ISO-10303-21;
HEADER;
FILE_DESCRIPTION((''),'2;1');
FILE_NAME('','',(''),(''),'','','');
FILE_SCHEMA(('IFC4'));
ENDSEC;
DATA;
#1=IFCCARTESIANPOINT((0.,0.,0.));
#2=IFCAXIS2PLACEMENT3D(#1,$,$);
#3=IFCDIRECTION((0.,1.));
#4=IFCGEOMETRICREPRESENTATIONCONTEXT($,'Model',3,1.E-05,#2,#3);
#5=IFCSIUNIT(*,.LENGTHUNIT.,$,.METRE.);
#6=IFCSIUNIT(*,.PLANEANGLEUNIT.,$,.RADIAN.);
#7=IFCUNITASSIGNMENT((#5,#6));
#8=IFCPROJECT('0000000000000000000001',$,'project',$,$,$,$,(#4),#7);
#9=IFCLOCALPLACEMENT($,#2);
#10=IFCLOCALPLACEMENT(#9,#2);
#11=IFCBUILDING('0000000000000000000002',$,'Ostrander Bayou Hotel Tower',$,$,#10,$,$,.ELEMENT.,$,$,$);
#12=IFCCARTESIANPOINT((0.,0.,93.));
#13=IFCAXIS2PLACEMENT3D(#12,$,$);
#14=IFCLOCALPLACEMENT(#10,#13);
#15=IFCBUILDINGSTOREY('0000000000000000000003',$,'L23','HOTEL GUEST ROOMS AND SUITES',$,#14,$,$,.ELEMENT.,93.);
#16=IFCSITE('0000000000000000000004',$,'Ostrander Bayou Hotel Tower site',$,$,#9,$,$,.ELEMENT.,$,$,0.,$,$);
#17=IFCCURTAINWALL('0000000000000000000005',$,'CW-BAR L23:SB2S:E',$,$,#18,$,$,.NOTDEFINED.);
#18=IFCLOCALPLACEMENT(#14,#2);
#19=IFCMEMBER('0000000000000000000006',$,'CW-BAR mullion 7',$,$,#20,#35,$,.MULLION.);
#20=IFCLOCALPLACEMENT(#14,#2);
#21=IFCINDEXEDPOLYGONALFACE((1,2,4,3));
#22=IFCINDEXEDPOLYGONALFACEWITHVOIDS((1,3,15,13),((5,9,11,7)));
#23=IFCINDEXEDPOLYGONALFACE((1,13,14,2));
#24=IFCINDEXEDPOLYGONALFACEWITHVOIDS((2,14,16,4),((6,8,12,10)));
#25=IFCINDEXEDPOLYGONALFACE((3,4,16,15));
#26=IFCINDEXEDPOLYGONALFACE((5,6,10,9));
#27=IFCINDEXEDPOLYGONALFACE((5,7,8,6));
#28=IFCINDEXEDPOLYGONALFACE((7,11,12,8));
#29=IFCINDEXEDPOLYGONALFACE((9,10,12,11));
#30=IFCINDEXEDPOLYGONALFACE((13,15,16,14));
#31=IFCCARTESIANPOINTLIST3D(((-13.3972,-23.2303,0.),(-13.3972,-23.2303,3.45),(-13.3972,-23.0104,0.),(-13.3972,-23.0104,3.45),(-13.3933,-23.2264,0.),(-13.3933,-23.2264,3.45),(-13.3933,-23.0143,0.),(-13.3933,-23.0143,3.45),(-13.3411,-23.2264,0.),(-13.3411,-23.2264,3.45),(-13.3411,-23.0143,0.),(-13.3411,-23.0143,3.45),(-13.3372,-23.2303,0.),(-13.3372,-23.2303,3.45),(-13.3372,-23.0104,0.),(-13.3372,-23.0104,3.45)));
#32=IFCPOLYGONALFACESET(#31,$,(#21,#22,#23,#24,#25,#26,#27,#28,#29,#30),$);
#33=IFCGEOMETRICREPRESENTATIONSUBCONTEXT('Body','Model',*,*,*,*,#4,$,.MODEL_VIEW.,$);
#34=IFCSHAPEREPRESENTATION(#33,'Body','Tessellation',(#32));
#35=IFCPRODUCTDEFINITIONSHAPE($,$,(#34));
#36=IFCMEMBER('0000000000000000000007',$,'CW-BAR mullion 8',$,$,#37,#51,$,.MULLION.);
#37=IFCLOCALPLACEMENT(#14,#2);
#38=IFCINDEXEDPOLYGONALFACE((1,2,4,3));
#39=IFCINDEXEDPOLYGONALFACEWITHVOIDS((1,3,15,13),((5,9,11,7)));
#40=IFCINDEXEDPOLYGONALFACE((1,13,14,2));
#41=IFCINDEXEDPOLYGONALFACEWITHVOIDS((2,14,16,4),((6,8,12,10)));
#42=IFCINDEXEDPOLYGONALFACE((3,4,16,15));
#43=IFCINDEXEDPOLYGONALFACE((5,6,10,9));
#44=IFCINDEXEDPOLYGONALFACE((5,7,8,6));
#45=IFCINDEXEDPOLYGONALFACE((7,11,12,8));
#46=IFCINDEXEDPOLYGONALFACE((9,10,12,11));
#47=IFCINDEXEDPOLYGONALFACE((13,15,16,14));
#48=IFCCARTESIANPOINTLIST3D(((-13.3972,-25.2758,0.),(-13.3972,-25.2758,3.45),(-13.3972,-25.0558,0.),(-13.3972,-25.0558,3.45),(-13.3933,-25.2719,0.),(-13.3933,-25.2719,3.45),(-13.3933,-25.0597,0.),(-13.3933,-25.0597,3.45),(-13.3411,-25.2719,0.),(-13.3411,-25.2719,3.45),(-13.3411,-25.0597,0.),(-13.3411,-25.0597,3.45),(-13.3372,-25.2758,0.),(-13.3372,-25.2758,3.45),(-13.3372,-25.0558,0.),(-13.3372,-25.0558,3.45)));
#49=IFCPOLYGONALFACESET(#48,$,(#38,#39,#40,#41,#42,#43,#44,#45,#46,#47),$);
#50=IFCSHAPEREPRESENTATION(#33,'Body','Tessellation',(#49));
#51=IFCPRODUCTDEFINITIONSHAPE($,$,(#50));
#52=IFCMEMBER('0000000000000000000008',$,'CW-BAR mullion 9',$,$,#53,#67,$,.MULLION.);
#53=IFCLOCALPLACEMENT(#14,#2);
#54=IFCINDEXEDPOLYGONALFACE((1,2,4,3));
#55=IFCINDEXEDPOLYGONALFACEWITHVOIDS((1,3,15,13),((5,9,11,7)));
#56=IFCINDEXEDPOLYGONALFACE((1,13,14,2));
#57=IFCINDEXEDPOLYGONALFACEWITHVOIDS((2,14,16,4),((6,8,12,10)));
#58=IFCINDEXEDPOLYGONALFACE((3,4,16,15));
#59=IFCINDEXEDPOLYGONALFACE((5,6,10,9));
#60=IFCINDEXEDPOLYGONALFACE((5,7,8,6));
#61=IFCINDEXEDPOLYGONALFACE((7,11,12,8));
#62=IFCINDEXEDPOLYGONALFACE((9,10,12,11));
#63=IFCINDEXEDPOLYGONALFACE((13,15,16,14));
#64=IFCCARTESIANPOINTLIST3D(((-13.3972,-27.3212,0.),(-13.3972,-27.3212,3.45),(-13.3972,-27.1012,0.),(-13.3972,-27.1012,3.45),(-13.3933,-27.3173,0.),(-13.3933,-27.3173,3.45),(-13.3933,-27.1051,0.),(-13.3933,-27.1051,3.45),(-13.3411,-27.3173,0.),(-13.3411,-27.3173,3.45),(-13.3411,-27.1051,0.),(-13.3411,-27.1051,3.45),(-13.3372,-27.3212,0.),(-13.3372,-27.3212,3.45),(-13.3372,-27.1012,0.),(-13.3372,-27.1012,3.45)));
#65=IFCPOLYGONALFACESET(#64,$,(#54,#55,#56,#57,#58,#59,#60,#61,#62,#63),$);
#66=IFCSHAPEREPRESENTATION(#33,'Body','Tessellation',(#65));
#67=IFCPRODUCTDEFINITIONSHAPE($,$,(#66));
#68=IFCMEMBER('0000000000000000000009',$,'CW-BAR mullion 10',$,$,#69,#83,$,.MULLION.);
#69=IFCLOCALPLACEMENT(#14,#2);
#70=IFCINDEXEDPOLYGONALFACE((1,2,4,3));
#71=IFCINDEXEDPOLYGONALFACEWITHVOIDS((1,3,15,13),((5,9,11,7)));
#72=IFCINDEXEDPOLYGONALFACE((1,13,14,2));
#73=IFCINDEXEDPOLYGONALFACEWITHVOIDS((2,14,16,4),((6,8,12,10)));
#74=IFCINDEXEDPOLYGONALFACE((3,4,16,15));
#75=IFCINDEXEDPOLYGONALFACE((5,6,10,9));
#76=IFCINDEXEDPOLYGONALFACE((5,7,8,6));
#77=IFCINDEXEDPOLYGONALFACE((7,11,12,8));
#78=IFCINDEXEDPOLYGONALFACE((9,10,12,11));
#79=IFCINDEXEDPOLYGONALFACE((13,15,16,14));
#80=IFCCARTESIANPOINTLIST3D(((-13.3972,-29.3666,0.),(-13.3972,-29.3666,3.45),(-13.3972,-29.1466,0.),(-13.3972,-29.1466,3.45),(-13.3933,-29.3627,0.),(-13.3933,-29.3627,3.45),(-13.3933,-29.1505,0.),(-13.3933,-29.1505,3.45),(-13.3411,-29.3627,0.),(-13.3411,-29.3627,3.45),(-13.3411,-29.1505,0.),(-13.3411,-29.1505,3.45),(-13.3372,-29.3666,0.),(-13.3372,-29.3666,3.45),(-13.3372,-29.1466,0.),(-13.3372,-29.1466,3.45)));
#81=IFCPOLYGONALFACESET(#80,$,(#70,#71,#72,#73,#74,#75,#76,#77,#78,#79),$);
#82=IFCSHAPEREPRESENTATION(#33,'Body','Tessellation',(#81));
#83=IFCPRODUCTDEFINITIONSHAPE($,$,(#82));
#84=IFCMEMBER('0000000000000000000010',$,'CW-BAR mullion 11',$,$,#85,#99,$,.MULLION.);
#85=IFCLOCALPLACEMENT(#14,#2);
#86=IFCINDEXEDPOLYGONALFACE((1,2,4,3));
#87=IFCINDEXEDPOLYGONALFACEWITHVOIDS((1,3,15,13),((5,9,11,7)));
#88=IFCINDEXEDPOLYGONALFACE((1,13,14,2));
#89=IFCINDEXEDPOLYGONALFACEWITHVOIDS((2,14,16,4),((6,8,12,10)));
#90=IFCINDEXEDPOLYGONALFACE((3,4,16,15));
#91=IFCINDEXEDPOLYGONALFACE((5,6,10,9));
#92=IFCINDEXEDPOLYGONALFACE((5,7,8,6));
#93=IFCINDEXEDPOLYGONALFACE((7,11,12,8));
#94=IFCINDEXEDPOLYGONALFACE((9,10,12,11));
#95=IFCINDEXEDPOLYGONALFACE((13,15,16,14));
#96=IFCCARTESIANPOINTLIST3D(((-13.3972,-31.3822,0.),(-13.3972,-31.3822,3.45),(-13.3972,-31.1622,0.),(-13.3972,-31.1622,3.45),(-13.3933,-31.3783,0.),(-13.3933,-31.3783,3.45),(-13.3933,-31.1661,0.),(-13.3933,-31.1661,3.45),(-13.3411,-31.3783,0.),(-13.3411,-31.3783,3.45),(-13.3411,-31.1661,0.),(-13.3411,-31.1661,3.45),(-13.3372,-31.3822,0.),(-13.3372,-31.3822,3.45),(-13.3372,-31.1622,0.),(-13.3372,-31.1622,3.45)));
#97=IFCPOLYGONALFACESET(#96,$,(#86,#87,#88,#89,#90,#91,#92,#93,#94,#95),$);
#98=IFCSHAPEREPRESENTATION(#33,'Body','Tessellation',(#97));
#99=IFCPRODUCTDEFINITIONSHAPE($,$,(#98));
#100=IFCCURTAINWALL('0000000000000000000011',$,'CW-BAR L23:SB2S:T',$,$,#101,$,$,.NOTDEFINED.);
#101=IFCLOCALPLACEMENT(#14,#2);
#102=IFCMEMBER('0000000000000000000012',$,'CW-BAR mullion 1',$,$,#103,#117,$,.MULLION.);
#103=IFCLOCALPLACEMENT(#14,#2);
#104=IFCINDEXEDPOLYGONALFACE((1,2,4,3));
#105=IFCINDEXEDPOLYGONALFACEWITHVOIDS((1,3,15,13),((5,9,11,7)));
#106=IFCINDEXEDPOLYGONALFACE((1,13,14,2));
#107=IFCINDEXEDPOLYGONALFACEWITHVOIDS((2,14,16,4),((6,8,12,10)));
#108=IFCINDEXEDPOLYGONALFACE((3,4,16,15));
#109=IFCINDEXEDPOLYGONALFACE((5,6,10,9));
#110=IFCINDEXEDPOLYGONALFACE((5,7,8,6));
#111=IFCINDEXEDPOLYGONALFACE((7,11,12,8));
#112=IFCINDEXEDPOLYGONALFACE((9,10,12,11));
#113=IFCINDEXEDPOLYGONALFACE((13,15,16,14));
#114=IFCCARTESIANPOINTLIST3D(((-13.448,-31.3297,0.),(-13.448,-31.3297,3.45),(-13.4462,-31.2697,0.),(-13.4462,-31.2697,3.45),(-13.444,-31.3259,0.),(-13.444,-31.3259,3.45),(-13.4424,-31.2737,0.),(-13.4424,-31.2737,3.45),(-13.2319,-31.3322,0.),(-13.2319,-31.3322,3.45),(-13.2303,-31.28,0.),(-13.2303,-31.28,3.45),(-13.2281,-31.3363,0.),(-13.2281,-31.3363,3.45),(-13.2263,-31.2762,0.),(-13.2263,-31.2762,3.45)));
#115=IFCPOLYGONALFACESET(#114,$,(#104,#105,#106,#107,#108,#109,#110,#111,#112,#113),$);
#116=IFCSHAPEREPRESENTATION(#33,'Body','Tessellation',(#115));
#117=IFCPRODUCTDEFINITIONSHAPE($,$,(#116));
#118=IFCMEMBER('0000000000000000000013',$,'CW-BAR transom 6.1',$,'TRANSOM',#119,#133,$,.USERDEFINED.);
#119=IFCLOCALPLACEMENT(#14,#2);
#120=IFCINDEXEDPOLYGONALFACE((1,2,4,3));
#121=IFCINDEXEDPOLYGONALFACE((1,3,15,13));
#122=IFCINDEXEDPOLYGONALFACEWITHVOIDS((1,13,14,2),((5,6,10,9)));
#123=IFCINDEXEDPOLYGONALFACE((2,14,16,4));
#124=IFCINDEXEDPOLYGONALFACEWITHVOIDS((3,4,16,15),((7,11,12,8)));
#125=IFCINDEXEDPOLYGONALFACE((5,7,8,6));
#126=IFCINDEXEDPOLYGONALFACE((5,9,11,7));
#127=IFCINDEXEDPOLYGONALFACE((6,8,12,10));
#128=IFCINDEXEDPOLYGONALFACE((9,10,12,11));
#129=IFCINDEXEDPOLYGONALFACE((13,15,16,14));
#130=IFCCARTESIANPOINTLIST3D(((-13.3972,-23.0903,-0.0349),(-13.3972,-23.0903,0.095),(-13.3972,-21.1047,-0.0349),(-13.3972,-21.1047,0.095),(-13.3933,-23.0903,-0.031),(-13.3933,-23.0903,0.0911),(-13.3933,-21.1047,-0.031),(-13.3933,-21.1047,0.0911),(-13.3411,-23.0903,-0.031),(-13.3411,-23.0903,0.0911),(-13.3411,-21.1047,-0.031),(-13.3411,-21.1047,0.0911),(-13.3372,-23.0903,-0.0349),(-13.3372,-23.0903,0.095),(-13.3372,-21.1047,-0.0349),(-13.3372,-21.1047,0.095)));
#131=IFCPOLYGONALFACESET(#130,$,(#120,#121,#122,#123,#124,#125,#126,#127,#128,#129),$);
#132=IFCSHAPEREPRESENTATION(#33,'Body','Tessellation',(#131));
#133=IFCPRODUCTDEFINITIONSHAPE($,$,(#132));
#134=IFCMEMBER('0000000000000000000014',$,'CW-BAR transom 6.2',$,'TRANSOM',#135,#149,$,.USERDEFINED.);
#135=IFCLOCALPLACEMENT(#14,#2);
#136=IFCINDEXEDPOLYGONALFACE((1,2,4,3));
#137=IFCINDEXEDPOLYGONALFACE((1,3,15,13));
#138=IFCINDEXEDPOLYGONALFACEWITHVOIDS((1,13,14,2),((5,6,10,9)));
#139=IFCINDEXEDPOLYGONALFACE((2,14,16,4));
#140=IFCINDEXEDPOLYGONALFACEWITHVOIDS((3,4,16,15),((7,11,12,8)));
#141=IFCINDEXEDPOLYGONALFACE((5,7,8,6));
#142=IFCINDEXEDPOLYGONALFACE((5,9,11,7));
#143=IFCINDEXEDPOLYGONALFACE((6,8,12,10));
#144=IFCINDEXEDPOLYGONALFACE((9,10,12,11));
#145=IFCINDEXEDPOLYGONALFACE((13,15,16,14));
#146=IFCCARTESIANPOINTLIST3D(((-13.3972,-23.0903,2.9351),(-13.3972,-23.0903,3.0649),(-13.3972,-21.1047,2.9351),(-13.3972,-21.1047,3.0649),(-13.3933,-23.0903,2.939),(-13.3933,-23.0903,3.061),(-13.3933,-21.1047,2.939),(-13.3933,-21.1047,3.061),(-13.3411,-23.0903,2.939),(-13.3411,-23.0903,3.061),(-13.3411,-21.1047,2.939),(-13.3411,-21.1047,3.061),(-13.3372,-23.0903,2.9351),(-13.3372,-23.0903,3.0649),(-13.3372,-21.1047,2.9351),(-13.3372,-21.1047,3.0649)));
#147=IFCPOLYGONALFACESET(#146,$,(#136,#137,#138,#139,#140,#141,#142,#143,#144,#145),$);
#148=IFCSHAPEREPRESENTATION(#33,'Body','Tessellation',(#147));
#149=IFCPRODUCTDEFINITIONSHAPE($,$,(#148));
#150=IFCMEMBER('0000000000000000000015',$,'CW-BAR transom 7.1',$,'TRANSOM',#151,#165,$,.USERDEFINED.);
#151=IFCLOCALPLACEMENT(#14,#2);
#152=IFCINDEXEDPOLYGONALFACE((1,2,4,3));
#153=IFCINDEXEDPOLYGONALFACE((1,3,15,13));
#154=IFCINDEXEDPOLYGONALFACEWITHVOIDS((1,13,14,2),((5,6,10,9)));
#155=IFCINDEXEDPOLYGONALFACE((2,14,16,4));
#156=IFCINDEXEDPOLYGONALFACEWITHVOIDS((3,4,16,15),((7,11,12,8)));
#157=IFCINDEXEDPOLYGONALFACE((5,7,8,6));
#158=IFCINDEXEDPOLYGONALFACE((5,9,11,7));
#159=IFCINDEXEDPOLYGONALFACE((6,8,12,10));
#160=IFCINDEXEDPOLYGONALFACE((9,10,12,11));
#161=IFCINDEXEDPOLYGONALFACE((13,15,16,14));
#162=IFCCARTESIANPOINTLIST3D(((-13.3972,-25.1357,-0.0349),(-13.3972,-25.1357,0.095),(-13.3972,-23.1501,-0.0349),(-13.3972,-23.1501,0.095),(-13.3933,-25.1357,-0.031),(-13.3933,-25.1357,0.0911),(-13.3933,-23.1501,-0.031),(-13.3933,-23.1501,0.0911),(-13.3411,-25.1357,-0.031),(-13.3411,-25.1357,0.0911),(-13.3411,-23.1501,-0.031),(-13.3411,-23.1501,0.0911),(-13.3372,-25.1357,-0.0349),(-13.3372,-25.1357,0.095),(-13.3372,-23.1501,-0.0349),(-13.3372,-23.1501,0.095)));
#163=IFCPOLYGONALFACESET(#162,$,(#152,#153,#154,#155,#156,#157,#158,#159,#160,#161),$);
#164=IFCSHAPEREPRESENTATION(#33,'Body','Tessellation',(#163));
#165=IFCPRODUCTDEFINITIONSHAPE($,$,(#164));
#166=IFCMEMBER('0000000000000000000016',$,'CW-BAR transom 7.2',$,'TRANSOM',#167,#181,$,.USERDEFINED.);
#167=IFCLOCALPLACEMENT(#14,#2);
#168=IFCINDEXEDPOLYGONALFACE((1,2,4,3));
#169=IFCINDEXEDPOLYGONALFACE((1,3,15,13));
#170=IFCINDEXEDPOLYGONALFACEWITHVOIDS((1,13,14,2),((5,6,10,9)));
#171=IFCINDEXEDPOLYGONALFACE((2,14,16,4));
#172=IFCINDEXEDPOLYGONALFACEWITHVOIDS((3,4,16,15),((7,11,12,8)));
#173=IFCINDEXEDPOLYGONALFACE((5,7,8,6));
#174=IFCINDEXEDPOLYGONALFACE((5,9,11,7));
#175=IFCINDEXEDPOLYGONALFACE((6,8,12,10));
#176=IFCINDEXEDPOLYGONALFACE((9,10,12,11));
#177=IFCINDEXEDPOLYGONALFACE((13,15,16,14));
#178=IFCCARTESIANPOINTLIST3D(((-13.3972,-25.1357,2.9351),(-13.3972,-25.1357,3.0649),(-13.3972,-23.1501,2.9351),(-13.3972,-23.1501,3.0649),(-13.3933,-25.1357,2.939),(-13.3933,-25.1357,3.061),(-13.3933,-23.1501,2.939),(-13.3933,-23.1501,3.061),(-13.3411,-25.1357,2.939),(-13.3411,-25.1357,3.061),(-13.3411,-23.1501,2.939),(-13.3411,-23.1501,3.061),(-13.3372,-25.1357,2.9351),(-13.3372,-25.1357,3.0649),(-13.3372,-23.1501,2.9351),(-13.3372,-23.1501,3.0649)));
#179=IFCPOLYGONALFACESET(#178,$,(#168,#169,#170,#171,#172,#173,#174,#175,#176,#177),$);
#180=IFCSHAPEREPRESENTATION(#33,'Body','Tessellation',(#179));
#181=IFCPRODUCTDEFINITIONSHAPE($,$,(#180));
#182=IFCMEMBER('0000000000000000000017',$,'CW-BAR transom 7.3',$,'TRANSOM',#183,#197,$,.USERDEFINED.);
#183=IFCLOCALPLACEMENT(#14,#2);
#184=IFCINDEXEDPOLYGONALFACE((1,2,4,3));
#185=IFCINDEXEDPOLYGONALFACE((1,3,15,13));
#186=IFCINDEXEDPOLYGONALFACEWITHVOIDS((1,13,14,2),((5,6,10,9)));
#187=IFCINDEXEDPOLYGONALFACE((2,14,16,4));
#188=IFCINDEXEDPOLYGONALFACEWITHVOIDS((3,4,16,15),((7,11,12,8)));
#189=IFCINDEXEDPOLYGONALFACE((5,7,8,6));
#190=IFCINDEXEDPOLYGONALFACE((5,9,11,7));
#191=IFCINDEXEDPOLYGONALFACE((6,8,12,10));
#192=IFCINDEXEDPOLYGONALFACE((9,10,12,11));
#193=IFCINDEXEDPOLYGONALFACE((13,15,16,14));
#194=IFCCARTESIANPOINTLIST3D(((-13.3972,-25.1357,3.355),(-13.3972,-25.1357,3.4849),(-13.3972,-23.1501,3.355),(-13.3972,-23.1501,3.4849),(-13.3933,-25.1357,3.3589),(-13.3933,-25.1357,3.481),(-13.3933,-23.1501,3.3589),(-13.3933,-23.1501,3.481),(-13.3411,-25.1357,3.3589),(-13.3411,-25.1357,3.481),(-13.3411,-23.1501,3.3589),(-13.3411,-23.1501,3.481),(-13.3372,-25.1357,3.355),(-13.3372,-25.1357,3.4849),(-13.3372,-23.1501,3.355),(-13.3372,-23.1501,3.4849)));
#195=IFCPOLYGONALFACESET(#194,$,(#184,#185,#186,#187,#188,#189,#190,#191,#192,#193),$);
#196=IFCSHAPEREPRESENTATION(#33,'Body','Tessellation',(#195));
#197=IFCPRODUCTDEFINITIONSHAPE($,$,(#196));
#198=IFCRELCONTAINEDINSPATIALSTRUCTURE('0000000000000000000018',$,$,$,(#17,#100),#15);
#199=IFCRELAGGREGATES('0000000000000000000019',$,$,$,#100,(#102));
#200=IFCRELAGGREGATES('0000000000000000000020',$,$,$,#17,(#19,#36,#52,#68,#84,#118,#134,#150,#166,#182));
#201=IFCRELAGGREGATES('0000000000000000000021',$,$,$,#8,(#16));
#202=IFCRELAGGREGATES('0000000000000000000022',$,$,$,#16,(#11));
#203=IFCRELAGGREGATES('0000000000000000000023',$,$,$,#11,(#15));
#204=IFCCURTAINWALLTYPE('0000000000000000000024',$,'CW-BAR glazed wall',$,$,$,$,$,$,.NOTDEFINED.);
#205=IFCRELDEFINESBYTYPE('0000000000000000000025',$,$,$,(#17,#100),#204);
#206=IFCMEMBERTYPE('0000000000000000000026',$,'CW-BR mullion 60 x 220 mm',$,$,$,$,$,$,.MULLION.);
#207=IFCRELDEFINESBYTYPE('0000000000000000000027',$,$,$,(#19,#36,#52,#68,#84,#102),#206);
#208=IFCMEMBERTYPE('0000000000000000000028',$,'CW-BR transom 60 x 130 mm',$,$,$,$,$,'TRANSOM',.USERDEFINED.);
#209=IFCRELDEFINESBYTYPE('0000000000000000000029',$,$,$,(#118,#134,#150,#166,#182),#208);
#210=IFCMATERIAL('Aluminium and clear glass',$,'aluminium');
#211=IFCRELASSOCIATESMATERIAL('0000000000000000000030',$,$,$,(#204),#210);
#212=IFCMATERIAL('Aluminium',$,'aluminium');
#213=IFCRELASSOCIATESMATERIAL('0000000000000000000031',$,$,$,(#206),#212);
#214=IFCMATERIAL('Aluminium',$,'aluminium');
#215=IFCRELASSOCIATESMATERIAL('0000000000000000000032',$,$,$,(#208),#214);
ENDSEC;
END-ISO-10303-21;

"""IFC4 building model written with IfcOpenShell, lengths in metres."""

from ifc_helpers import new_model, si_unit, direction, frame, origin, origin_2d, place, context, subcontext, project, spatial, hollow_rectangle, extrude, material, material_profile, profile_set, type_object, element, aggregate, save


model = new_model("IFC4")

# Units and contexts
model_context = context("Model", 3, precision=1e-05, world=origin(), true_north=direction((0.0, 1.0)))
body_context = subcontext(model_context, "Body", "Model", "MODEL_VIEW")
ifc_project = project(units=[si_unit("LENGTHUNIT", "METRE"), si_unit("PLANEANGLEUNIT", "RADIAN")], contexts=[model_context])

# Site, building, storey
site_placement = place(None, origin())
site = spatial("IfcSite", under=ifc_project, at=site_placement, Name="Ostrander Bayou Hotel Tower site", CompositionType="ELEMENT", RefElevation=0.0)
building_placement = place(site_placement, origin())
building = spatial("IfcBuilding", under=site, at=building_placement, Name="Ostrander Bayou Hotel Tower", CompositionType="ELEMENT")
storey_placement = place(building_placement, frame((0.0, 0.0, 93.0)))
storey = spatial("IfcBuildingStorey", under=building, at=storey_placement, Name="L23", Description="HOTEL GUEST ROOMS AND SUITES", CompositionType="ELEMENT", Elevation=93.0)

# Curtain wall, members
ifc_material_1 = material(Name="Aluminium and clear glass", Category="aluminium")
curtain_wall_type = type_object("IfcCurtainWallType", Name="CW-BAR glazed wall", PredefinedType="NOTDEFINED", material=ifc_material_1)
curtain_wall_1_placement = place(storey_placement, origin())
curtain_wall_1 = element("IfcCurtainWall", 1, at=curtain_wall_1_placement, inside=storey, type_object=curtain_wall_type, Name="CW-BAR L23:SB2S:E", PredefinedType="NOTDEFINED")
ifc_material_2 = material(Name="Aluminium", Category="aluminium")
ifc_material_profile_1 = material_profile(ifc_material_2, hollow_rectangle(XDim=0.0601, YDim=0.22, WallThickness=0.0039, at=origin_2d()))
ifc_profile_set_1 = profile_set([ifc_material_profile_1], Name="Aluminium")
member_type_1 = type_object("IfcMemberType", Name="CW-BR mullion 60 x 220 mm", PredefinedType="MULLION", material=ifc_profile_set_1)
member_1_placement = place(storey_placement, frame((-13.3672, -23.1204, 0.0), z_axis=(0.0, 0.0, 1.0), x_axis=(1.0, 0.0, 0.0)))
member_1 = element("IfcMember", 2, at=member_1_placement, type_object=member_type_1, Name="CW-BAR mullion 7", PredefinedType="MULLION", context=body_context, shape_type="SweptSolid", body=[
    extrude(hollow_rectangle(XDim=0.0601, YDim=0.22, WallThickness=0.0039, at=origin_2d()), origin(), (0.0, 0.0, 1.0), 3.45),
])
member_2_placement = place(storey_placement, frame((-13.3672, -25.1658, 0.0), z_axis=(0.0, 0.0, 1.0), x_axis=(1.0, 0.0, 0.0)))
member_2 = element("IfcMember", 3, at=member_2_placement, type_object=member_type_1, Name="CW-BAR mullion 8", PredefinedType="MULLION", context=body_context, shape_type="SweptSolid", body=[
    extrude(hollow_rectangle(XDim=0.0601, YDim=0.22, WallThickness=0.0039, at=origin_2d()), origin(), (0.0, 0.0, 1.0), 3.45),
])
member_3_placement = place(storey_placement, frame((-13.3672, -27.2112, 0.0), z_axis=(0.0, 0.0, 1.0), x_axis=(1.0, 0.0, 0.0)))
member_3 = element("IfcMember", 4, at=member_3_placement, type_object=member_type_1, Name="CW-BAR mullion 9", PredefinedType="MULLION", context=body_context, shape_type="SweptSolid", body=[
    extrude(hollow_rectangle(XDim=0.0601, YDim=0.22, WallThickness=0.0039, at=origin_2d()), origin(), (0.0, 0.0, 1.0), 3.45),
])
member_4_placement = place(storey_placement, frame((-13.3672, -29.2566, 0.0), z_axis=(0.0, 0.0, 1.0), x_axis=(1.0, 0.0, 0.0)))
member_4 = element("IfcMember", 5, at=member_4_placement, type_object=member_type_1, Name="CW-BAR mullion 10", PredefinedType="MULLION", context=body_context, shape_type="SweptSolid", body=[
    extrude(hollow_rectangle(XDim=0.0601, YDim=0.22, WallThickness=0.0039, at=origin_2d()), origin(), (0.0, 0.0, 1.0), 3.45),
])
member_5_placement = place(storey_placement, frame((-13.3672, -31.2722, 0.0), z_axis=(0.0, 0.0, 1.0), x_axis=(1.0, 0.0, 0.0)))
member_5 = element("IfcMember", 6, at=member_5_placement, type_object=member_type_1, Name="CW-BAR mullion 11", PredefinedType="MULLION", context=body_context, shape_type="SweptSolid", body=[
    extrude(hollow_rectangle(XDim=0.0601, YDim=0.22, WallThickness=0.0039, at=origin_2d()), origin(), (0.0, 0.0, 1.0), 3.45),
])

# Curtain wall, member
curtain_wall_2_placement = place(storey_placement, origin())
curtain_wall_2 = element("IfcCurtainWall", 7, at=curtain_wall_2_placement, inside=storey, type_object=curtain_wall_type, Name="CW-BAR L23:SB2S:T", PredefinedType="NOTDEFINED")
member_6_placement = place(storey_placement, frame((-13.3372, -31.303, 0.0), z_axis=(0.0, 0.0, 1.0), x_axis=(0.029746, 0.999557, 0.0)))
member_6 = element("IfcMember", 8, at=member_6_placement, type_object=member_type_1, Name="CW-BAR mullion 1", PredefinedType="MULLION", context=body_context, shape_type="SweptSolid", body=[
    extrude(hollow_rectangle(XDim=0.0601, YDim=0.22, WallThickness=0.0039, at=origin_2d()), origin(), (0.0, 0.0, 1.0), 3.45),
])

# Members
ifc_material_3 = material(Name="Aluminium", Category="aluminium")
ifc_material_profile_2 = material_profile(ifc_material_3, hollow_rectangle(XDim=0.0601, YDim=0.1299, WallThickness=0.0039, at=origin_2d()))
ifc_profile_set_2 = profile_set([ifc_material_profile_2], Name="Aluminium")
member_type_2 = type_object("IfcMemberType", Name="CW-BR transom 60 x 130 mm", ElementType="TRANSOM", PredefinedType="USERDEFINED", material=ifc_profile_set_2)
member_7_placement = place(storey_placement, frame((-13.3672, -21.1047, 0.03), z_axis=(0.0, -1.0, 0.0), x_axis=(1.0, 0.0, 0.0)))
member_7 = element("IfcMember", 9, at=member_7_placement, type_object=member_type_2, Name="CW-BAR transom 6.1", ObjectType="TRANSOM", PredefinedType="USERDEFINED", context=body_context, shape_type="SweptSolid", body=[
    extrude(hollow_rectangle(XDim=0.0601, YDim=0.1299, WallThickness=0.0039, at=origin_2d()), origin(), (0.0, 0.0, 1.0), 1.9856),
])
member_8_placement = place(storey_placement, frame((-13.3672, -21.1047, 3.0), z_axis=(0.0, -1.0, 0.0), x_axis=(1.0, 0.0, 0.0)))
member_8 = element("IfcMember", 10, at=member_8_placement, type_object=member_type_2, Name="CW-BAR transom 6.2", ObjectType="TRANSOM", PredefinedType="USERDEFINED", context=body_context, shape_type="SweptSolid", body=[
    extrude(hollow_rectangle(XDim=0.0601, YDim=0.1299, WallThickness=0.0039, at=origin_2d()), origin(), (0.0, 0.0, 1.0), 1.9856),
])
member_9_placement = place(storey_placement, frame((-13.3672, -23.1501, 0.03), z_axis=(0.0, -1.0, 0.0), x_axis=(1.0, 0.0, 0.0)))
member_9 = element("IfcMember", 11, at=member_9_placement, type_object=member_type_2, Name="CW-BAR transom 7.1", ObjectType="TRANSOM", PredefinedType="USERDEFINED", context=body_context, shape_type="SweptSolid", body=[
    extrude(hollow_rectangle(XDim=0.0601, YDim=0.1299, WallThickness=0.0039, at=origin_2d()), origin(), (0.0, 0.0, 1.0), 1.9856),
])
member_10_placement = place(storey_placement, frame((-13.3672, -23.1501, 3.0), z_axis=(0.0, -1.0, 0.0), x_axis=(1.0, 0.0, 0.0)))
member_10 = element("IfcMember", 12, at=member_10_placement, type_object=member_type_2, Name="CW-BAR transom 7.2", ObjectType="TRANSOM", PredefinedType="USERDEFINED", context=body_context, shape_type="SweptSolid", body=[
    extrude(hollow_rectangle(XDim=0.0601, YDim=0.1299, WallThickness=0.0039, at=origin_2d()), origin(), (0.0, 0.0, 1.0), 1.9856),
])
member_11_placement = place(storey_placement, frame((-13.3672, -23.1501, 3.4199), z_axis=(0.0, -1.0, 0.0), x_axis=(1.0, 0.0, 0.0)))
member_11 = element("IfcMember", 13, at=member_11_placement, type_object=member_type_2, Name="CW-BAR transom 7.3", ObjectType="TRANSOM", PredefinedType="USERDEFINED", context=body_context, shape_type="SweptSolid", body=[
    extrude(hollow_rectangle(XDim=0.0601, YDim=0.1299, WallThickness=0.0039, at=origin_2d()), origin(), (0.0, 0.0, 1.0), 1.9856),
])
aggregate(curtain_wall_2, [member_6])

aggregate(curtain_wall_1, [member_1, member_2, member_3, member_4, member_5, member_7, member_8, member_9, member_10, member_11])

save(model, "model.ifc")
